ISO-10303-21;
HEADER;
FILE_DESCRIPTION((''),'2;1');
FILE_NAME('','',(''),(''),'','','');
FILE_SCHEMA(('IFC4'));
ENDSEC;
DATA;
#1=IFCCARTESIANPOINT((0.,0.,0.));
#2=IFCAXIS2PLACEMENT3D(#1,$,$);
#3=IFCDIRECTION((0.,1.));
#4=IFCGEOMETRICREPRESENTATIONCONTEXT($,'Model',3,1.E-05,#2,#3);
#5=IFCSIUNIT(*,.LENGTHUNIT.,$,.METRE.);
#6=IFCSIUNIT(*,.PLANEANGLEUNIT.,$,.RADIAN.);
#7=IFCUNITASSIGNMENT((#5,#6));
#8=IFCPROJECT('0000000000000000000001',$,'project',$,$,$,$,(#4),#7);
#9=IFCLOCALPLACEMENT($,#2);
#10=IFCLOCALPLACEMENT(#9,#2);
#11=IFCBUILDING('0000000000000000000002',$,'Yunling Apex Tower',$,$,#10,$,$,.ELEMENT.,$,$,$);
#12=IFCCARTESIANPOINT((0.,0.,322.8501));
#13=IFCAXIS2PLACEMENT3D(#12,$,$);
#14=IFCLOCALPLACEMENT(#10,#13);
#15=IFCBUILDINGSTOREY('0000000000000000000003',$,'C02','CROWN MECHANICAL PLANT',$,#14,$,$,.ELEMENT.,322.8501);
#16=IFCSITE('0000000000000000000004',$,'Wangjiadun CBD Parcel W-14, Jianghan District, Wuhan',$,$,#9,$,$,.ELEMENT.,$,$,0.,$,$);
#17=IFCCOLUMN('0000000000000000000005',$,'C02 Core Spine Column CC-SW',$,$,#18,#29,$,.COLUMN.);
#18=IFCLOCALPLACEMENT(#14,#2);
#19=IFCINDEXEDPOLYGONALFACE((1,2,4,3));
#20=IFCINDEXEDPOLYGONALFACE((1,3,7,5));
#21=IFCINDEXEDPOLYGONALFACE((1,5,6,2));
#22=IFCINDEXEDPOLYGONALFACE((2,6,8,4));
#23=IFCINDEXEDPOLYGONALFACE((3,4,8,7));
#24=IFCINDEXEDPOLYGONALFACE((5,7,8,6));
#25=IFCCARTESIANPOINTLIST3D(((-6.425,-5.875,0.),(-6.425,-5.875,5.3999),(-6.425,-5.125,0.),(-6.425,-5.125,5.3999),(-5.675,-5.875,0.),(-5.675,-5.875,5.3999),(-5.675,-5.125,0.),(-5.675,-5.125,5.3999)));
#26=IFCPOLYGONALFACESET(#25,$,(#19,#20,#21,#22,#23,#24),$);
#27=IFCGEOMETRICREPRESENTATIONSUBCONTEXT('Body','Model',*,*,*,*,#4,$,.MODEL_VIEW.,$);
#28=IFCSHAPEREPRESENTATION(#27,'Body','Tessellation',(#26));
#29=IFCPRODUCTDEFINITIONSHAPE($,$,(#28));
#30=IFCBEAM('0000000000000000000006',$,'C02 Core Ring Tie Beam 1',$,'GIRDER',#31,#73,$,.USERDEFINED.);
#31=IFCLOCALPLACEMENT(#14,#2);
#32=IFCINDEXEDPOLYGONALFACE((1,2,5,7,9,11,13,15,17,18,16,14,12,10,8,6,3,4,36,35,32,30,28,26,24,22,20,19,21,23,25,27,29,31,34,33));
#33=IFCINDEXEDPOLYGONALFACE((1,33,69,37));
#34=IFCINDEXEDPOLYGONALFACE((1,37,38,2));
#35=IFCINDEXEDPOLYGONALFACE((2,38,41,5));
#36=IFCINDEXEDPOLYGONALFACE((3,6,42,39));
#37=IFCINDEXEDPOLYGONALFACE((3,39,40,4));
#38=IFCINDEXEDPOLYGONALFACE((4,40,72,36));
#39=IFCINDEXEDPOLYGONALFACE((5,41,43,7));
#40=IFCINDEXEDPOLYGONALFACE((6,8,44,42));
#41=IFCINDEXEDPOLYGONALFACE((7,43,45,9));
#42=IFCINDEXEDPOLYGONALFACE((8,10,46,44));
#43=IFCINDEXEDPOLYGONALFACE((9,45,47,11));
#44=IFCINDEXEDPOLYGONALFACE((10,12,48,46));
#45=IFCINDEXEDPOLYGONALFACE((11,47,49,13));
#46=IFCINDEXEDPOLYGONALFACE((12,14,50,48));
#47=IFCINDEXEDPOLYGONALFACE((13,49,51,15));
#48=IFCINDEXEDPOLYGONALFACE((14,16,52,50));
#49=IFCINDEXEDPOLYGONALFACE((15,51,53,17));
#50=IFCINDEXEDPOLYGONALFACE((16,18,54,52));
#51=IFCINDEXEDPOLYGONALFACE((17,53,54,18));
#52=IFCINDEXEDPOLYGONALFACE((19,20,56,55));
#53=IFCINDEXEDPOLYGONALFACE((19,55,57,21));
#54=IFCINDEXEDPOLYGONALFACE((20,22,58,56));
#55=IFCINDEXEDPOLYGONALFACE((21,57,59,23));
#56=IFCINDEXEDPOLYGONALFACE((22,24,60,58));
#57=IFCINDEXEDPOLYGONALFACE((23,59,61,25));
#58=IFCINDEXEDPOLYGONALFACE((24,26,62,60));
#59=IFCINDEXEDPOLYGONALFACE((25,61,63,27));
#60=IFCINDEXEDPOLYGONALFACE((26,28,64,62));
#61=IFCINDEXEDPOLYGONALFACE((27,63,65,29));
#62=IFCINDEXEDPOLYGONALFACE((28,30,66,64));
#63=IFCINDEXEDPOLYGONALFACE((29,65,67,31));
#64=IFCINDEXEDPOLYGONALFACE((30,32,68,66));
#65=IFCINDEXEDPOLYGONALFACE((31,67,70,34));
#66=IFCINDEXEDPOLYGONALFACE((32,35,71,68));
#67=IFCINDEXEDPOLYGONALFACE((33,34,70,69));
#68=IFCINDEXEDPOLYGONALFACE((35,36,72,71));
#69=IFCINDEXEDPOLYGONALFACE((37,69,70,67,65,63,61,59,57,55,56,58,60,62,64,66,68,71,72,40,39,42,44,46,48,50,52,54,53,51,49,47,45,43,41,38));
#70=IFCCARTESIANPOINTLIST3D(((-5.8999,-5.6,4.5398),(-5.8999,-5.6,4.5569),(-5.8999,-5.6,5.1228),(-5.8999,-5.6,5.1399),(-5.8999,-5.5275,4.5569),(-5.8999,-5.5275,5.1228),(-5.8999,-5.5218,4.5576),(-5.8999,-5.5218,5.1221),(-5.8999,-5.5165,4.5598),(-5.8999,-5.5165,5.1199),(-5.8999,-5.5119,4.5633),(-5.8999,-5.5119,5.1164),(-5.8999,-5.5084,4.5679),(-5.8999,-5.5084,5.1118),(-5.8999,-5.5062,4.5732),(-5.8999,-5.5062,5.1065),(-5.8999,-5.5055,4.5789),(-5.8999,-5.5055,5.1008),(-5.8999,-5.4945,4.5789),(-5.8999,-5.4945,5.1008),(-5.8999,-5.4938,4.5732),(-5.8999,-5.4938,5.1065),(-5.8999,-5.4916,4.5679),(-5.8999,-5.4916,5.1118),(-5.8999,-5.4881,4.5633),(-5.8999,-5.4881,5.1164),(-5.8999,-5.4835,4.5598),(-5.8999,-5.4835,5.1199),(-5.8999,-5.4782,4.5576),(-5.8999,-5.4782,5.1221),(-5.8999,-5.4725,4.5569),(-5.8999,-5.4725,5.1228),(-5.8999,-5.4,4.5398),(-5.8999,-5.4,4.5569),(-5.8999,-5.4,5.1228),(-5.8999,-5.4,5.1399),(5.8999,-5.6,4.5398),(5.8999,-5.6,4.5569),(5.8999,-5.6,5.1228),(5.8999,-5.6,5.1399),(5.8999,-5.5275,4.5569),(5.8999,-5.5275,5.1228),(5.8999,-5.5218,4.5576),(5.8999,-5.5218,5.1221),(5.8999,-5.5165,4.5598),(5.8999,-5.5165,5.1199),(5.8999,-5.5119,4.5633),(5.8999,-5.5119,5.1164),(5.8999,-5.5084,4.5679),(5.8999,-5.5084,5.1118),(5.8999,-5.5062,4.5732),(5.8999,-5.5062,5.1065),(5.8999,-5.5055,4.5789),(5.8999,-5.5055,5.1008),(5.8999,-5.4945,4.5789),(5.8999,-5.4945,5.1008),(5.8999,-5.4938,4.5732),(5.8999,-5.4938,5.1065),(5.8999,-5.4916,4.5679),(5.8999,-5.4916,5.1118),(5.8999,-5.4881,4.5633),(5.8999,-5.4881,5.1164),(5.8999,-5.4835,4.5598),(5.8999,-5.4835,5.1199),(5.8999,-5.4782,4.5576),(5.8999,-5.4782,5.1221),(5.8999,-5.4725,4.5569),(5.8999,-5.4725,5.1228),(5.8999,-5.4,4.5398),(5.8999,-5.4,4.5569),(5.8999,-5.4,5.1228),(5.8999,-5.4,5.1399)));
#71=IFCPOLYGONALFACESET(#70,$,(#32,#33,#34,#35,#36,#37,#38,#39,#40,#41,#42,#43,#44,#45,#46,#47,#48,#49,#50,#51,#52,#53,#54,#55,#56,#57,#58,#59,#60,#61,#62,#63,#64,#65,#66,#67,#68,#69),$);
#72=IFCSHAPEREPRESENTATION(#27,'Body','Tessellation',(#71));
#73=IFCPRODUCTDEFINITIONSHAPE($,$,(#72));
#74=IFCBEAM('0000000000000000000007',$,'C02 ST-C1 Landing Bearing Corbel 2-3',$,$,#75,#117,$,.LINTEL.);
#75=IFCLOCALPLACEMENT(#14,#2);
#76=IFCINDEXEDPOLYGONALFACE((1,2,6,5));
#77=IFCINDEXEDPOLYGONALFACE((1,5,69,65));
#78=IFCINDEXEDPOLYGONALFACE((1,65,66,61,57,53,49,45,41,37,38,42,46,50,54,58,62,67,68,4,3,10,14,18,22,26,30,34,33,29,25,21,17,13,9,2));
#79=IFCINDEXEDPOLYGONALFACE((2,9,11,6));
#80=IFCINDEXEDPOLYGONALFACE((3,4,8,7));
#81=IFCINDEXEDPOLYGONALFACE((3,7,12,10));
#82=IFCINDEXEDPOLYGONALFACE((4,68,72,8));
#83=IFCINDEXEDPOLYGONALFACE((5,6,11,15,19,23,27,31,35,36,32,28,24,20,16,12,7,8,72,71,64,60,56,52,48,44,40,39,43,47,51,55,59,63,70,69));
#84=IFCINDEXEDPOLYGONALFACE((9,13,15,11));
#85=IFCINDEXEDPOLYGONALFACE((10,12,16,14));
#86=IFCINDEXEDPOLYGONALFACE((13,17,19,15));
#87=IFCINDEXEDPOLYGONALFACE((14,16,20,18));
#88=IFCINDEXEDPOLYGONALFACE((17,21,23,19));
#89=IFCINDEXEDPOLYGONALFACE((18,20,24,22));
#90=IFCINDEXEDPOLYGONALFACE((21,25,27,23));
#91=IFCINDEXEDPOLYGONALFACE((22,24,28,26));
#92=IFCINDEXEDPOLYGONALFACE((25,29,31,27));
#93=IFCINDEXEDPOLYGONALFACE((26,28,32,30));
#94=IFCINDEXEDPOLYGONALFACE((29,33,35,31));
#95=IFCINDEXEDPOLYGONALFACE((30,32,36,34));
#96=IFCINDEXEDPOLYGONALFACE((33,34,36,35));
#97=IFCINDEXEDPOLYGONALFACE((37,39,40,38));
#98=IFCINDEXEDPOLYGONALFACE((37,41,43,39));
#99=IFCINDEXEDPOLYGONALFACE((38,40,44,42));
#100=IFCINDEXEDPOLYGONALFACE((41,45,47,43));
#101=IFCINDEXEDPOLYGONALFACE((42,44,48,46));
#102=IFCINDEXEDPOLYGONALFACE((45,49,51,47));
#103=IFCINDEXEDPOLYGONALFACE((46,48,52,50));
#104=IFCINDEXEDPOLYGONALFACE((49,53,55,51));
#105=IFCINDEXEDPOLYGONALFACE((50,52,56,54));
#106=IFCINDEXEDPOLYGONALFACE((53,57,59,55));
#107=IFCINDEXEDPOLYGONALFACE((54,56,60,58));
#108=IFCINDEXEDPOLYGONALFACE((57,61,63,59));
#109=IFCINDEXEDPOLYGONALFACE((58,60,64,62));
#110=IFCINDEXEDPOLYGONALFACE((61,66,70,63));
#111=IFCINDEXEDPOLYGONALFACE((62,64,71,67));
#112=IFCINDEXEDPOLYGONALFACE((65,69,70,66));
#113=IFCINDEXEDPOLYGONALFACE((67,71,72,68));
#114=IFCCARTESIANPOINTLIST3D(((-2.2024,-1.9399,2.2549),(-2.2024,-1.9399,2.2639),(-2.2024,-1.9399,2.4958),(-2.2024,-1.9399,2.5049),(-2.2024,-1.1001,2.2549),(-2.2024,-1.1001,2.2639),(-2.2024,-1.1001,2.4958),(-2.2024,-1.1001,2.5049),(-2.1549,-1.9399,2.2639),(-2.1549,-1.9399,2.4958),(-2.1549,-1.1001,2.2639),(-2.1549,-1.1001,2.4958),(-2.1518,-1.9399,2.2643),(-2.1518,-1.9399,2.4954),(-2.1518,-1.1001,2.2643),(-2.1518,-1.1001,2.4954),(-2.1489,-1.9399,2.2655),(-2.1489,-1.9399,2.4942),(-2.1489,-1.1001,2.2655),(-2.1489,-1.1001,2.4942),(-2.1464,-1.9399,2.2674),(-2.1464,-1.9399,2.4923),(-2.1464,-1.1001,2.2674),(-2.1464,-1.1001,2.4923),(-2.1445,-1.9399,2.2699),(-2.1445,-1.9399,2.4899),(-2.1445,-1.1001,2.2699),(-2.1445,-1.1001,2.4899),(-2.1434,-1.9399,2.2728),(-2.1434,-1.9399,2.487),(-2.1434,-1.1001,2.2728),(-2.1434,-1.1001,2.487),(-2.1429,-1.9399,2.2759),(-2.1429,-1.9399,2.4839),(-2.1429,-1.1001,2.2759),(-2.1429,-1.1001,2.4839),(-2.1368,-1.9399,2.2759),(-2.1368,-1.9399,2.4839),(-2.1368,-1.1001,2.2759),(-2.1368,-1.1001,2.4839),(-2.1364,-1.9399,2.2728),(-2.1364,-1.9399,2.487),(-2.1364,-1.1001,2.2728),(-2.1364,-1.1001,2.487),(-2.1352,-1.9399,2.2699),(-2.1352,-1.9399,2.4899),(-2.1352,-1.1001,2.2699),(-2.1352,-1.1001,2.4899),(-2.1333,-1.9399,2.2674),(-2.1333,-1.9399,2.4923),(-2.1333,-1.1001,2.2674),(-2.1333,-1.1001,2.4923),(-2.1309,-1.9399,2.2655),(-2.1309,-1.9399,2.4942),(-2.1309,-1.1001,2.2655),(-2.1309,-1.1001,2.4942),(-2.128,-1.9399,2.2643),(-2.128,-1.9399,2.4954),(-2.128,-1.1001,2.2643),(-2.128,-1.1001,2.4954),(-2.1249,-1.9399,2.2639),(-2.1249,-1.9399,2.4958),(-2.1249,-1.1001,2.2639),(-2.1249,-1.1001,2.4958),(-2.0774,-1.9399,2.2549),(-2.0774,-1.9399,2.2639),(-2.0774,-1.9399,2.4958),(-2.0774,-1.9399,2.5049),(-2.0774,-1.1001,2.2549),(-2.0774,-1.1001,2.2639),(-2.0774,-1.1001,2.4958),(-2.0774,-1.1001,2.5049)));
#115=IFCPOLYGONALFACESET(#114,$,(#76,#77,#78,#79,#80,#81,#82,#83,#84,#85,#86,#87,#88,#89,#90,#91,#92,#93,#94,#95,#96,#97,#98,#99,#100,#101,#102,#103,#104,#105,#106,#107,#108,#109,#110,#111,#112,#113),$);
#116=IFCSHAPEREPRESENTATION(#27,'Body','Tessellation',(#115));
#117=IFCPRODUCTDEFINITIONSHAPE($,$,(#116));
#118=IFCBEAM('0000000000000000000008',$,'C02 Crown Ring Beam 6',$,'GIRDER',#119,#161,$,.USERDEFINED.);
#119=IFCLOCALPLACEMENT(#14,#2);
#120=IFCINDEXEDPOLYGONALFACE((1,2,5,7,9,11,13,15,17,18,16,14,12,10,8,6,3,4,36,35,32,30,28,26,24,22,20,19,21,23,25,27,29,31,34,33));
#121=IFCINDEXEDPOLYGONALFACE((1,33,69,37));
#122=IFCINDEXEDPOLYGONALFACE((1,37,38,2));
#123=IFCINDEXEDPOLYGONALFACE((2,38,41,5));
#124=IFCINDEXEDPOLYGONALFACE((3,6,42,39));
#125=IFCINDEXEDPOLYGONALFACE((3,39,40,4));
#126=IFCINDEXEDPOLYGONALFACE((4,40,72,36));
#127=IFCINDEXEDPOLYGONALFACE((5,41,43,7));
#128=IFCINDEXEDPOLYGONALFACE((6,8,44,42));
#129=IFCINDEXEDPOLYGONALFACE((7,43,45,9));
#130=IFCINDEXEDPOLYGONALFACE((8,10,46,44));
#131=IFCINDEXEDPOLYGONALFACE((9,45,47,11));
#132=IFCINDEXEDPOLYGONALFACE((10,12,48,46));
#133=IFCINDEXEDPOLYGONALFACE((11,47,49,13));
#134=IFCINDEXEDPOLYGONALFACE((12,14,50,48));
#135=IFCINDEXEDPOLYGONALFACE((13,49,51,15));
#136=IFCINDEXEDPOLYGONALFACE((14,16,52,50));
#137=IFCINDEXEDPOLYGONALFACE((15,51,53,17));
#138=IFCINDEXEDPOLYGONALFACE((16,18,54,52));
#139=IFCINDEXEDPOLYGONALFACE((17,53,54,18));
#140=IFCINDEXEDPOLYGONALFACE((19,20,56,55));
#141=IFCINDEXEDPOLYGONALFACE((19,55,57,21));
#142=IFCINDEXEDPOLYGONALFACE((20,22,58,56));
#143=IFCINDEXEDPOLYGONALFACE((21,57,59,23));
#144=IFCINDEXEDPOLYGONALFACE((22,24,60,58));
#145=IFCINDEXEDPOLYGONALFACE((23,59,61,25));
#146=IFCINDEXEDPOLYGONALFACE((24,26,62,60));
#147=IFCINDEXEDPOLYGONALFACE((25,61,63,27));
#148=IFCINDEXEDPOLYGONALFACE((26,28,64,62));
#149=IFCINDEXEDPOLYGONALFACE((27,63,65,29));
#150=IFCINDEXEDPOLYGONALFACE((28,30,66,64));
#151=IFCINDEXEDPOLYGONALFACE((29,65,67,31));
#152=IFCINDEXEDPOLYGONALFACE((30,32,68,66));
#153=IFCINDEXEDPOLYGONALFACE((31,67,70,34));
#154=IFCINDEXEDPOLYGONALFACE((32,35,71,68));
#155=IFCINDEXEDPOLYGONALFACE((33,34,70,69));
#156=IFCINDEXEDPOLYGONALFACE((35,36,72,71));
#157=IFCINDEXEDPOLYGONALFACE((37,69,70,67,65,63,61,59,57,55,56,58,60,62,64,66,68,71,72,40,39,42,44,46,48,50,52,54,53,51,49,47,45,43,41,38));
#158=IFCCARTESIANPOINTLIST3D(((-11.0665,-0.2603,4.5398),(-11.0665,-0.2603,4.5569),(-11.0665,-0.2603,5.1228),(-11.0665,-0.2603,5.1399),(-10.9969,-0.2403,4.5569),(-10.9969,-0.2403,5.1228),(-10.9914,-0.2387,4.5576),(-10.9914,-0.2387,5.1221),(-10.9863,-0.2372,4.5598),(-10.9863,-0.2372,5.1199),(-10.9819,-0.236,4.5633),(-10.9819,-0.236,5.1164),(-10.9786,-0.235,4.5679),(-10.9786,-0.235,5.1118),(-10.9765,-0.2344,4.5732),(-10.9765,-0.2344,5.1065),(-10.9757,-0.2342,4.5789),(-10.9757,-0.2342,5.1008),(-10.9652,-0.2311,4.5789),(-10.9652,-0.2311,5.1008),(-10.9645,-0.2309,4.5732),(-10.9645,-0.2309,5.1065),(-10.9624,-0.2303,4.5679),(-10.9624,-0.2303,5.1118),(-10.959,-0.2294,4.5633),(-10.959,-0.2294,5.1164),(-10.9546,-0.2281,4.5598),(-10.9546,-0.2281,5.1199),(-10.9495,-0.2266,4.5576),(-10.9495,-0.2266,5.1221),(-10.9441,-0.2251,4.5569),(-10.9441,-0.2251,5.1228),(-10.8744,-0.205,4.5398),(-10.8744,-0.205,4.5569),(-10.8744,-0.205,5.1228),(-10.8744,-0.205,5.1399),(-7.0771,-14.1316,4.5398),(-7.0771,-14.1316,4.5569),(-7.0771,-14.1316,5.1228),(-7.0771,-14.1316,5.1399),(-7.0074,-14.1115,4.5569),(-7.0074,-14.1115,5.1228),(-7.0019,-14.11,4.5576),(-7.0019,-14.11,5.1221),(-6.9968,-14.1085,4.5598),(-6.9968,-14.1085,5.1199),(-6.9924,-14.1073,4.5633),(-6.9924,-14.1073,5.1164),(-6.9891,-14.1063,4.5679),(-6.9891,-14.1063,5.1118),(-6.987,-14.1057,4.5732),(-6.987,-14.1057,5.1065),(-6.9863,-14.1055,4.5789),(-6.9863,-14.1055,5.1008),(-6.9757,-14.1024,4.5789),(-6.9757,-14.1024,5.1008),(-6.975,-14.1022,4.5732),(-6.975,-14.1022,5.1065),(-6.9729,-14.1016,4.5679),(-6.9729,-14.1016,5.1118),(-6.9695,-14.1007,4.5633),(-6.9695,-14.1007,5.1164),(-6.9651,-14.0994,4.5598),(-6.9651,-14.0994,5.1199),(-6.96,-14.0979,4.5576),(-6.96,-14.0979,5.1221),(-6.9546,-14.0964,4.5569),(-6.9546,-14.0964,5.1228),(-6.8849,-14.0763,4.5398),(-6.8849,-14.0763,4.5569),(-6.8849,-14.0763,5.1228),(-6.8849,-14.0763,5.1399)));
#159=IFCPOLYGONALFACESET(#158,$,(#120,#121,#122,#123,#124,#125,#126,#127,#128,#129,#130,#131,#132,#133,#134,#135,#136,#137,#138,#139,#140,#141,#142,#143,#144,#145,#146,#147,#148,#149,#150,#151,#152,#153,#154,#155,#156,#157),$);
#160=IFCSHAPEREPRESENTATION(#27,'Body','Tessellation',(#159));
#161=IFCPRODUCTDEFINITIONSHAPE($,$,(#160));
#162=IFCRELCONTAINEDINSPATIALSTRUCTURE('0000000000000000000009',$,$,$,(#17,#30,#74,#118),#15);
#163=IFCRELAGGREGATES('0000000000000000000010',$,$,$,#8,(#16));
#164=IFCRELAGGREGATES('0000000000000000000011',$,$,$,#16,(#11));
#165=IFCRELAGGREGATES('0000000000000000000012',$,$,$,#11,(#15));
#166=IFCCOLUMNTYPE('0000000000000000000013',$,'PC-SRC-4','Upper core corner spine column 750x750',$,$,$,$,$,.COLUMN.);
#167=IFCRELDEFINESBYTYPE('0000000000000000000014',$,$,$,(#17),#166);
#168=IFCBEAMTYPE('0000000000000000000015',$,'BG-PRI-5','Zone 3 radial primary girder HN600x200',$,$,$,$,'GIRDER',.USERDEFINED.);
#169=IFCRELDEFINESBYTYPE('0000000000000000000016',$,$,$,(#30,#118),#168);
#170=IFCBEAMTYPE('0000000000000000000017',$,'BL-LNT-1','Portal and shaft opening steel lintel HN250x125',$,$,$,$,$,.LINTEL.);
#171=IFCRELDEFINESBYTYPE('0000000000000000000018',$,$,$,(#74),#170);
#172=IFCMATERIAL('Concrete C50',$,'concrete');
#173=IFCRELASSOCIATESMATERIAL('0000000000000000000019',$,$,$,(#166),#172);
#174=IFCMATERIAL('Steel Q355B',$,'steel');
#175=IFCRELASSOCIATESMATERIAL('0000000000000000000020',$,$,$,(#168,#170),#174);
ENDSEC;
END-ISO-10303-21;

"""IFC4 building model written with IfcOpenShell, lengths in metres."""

from ifc_helpers import new_model, si_unit, direction, frame, origin, origin_2d, place, context, subcontext, project, spatial, rectangle, i_section, extrude, source, transform, mapped, material, material_profile, profile_set, type_object, element, save


model = new_model("IFC4")

# Units and contexts
model_context = context("Model", 3, precision=1e-05, world=origin(), true_north=direction((0.0, 1.0)))
body_context = subcontext(model_context, "Body", "Model", "MODEL_VIEW")
ifc_project = project(units=[si_unit("LENGTHUNIT", "METRE"), si_unit("PLANEANGLEUNIT", "RADIAN")], contexts=[model_context])

# Site, building, storey
site_placement = place(None, origin())
site = spatial("IfcSite", under=ifc_project, at=site_placement, Name="Wangjiadun CBD Parcel W-14, Jianghan District, Wuhan", CompositionType="ELEMENT", RefElevation=0.0)
building_placement = place(site_placement, origin())
building = spatial("IfcBuilding", under=site, at=building_placement, Name="Yunling Apex Tower", CompositionType="ELEMENT")
storey_placement = place(building_placement, frame((0.0, 0.0, 322.8501)))
storey = spatial("IfcBuildingStorey", under=building, at=storey_placement, Name="C02", Description="CROWN MECHANICAL PLANT", CompositionType="ELEMENT", Elevation=322.8501)

# Column
ifc_material_1 = material(Name="Concrete C50", Category="concrete")
ifc_material_profile_1 = material_profile(ifc_material_1, rectangle(XDim=0.75, YDim=0.75, at=origin_2d()))
ifc_profile_set_1 = profile_set([ifc_material_profile_1], Name="Concrete C50")
column_type = type_object("IfcColumnType", Name="PC-SRC-4", Description="Upper core corner spine column 750x750", PredefinedType="COLUMN", material=ifc_profile_set_1)
shared_shape_1 = source(origin(), body_context, "Body", "SweptSolid", [
    extrude(rectangle(XDim=0.75, YDim=0.75, at=origin_2d()), origin(), (0.0, 0.0, 1.0), 5.3999),
])
column_placement = place(storey_placement, frame((-6.05, -5.5, 0.0), z_axis=(0.0, 0.0, 1.0), x_axis=(1.0, 0.0, 0.0)))
element("IfcColumn", 1, at=column_placement, inside=storey, type_object=column_type, Name="C02 Core Spine Column CC-SW", PredefinedType="COLUMN", context=body_context, shape_type="MappedRepresentation", body=[
    mapped(shared_shape_1, transform((0.0, 0.0, 0.0), scale=1.0)),
])

# Beams
ifc_material_2 = material(Name="Steel Q355B", Category="steel")
ifc_material_profile_2 = material_profile(ifc_material_2, i_section(OverallWidth=0.2, OverallDepth=0.6001, WebThickness=0.011, FlangeThickness=0.0171, FilletRadius=0.022, at=origin_2d()))
ifc_profile_set_2 = profile_set([ifc_material_profile_2], Name="Steel Q355B")
beam_type_1 = type_object("IfcBeamType", Name="BG-PRI-5", Description="Zone 3 radial primary girder HN600x200", ElementType="GIRDER", PredefinedType="USERDEFINED", material=ifc_profile_set_2)
shared_shape_2 = source(origin(), body_context, "Body", "SweptSolid", [
    extrude(i_section(OverallWidth=0.2, OverallDepth=0.6001, WebThickness=0.011, FlangeThickness=0.0171, FilletRadius=0.022, at=origin_2d()), origin(), (0.0, 0.0, 1.0), 11.7998),
])
beam_1_placement = place(storey_placement, frame((-5.8999, -5.5, 4.8398), z_axis=(1.0, 0.0, 0.0), x_axis=(0.0, 1.0, 0.0)))
element("IfcBeam", 2, at=beam_1_placement, inside=storey, type_object=beam_type_1, Name="C02 Core Ring Tie Beam 1", ObjectType="GIRDER", PredefinedType="USERDEFINED", context=body_context, shape_type="MappedRepresentation", body=[
    mapped(shared_shape_2, transform((0.0, 0.0, 0.0), scale=1.0)),
])
ifc_material_profile_3 = material_profile(ifc_material_2, i_section(OverallWidth=0.125, OverallDepth=0.25, WebThickness=0.0061, FlangeThickness=0.009, FilletRadius=0.012, at=origin_2d()))
ifc_profile_set_3 = profile_set([ifc_material_profile_3], Name="Steel Q355B")
beam_type_2 = type_object("IfcBeamType", Name="BL-LNT-1", Description="Portal and shaft opening steel lintel HN250x125", PredefinedType="LINTEL", material=ifc_profile_set_3)
shared_shape_3 = source(origin(), body_context, "Body", "SweptSolid", [
    extrude(i_section(OverallWidth=0.125, OverallDepth=0.25, WebThickness=0.0061, FlangeThickness=0.009, FilletRadius=0.012, at=origin_2d()), origin(), (0.0, 0.0, 1.0), 0.8398),
])
beam_2_placement = place(storey_placement, frame((-2.1399, -1.9399, 2.3799), z_axis=(0.0, 1.0, 0.0), x_axis=(-1.0, 0.0, 0.0)))
element("IfcBeam", 3, at=beam_2_placement, inside=storey, type_object=beam_type_2, Name="C02 ST-C1 Landing Bearing Corbel 2-3", PredefinedType="LINTEL", context=body_context, shape_type="MappedRepresentation", body=[
    mapped(shared_shape_3, transform((0.0, 0.0, 0.0), scale=1.0)),
])
shared_shape_4 = source(origin(), body_context, "Body", "SweptSolid", [
    extrude(i_section(OverallWidth=0.2, OverallDepth=0.6001, WebThickness=0.011, FlangeThickness=0.0171, FilletRadius=0.022, at=origin_2d()), origin(), (0.0, 0.0, 1.0), 14.4336),
])
beam_3_placement = place(storey_placement, frame((-10.9705, -0.2327, 4.8398), z_axis=(0.276403, -0.961042, 0.0), x_axis=(0.961042, 0.276403, 0.0)))
element("IfcBeam", 4, at=beam_3_placement, inside=storey, type_object=beam_type_1, Name="C02 Crown Ring Beam 6", ObjectType="GIRDER", PredefinedType="USERDEFINED", context=body_context, shape_type="MappedRepresentation", body=[
    mapped(shared_shape_4, transform((0.0, 0.0, 0.0), scale=1.0)),
])

save(model, "model.ifc")
